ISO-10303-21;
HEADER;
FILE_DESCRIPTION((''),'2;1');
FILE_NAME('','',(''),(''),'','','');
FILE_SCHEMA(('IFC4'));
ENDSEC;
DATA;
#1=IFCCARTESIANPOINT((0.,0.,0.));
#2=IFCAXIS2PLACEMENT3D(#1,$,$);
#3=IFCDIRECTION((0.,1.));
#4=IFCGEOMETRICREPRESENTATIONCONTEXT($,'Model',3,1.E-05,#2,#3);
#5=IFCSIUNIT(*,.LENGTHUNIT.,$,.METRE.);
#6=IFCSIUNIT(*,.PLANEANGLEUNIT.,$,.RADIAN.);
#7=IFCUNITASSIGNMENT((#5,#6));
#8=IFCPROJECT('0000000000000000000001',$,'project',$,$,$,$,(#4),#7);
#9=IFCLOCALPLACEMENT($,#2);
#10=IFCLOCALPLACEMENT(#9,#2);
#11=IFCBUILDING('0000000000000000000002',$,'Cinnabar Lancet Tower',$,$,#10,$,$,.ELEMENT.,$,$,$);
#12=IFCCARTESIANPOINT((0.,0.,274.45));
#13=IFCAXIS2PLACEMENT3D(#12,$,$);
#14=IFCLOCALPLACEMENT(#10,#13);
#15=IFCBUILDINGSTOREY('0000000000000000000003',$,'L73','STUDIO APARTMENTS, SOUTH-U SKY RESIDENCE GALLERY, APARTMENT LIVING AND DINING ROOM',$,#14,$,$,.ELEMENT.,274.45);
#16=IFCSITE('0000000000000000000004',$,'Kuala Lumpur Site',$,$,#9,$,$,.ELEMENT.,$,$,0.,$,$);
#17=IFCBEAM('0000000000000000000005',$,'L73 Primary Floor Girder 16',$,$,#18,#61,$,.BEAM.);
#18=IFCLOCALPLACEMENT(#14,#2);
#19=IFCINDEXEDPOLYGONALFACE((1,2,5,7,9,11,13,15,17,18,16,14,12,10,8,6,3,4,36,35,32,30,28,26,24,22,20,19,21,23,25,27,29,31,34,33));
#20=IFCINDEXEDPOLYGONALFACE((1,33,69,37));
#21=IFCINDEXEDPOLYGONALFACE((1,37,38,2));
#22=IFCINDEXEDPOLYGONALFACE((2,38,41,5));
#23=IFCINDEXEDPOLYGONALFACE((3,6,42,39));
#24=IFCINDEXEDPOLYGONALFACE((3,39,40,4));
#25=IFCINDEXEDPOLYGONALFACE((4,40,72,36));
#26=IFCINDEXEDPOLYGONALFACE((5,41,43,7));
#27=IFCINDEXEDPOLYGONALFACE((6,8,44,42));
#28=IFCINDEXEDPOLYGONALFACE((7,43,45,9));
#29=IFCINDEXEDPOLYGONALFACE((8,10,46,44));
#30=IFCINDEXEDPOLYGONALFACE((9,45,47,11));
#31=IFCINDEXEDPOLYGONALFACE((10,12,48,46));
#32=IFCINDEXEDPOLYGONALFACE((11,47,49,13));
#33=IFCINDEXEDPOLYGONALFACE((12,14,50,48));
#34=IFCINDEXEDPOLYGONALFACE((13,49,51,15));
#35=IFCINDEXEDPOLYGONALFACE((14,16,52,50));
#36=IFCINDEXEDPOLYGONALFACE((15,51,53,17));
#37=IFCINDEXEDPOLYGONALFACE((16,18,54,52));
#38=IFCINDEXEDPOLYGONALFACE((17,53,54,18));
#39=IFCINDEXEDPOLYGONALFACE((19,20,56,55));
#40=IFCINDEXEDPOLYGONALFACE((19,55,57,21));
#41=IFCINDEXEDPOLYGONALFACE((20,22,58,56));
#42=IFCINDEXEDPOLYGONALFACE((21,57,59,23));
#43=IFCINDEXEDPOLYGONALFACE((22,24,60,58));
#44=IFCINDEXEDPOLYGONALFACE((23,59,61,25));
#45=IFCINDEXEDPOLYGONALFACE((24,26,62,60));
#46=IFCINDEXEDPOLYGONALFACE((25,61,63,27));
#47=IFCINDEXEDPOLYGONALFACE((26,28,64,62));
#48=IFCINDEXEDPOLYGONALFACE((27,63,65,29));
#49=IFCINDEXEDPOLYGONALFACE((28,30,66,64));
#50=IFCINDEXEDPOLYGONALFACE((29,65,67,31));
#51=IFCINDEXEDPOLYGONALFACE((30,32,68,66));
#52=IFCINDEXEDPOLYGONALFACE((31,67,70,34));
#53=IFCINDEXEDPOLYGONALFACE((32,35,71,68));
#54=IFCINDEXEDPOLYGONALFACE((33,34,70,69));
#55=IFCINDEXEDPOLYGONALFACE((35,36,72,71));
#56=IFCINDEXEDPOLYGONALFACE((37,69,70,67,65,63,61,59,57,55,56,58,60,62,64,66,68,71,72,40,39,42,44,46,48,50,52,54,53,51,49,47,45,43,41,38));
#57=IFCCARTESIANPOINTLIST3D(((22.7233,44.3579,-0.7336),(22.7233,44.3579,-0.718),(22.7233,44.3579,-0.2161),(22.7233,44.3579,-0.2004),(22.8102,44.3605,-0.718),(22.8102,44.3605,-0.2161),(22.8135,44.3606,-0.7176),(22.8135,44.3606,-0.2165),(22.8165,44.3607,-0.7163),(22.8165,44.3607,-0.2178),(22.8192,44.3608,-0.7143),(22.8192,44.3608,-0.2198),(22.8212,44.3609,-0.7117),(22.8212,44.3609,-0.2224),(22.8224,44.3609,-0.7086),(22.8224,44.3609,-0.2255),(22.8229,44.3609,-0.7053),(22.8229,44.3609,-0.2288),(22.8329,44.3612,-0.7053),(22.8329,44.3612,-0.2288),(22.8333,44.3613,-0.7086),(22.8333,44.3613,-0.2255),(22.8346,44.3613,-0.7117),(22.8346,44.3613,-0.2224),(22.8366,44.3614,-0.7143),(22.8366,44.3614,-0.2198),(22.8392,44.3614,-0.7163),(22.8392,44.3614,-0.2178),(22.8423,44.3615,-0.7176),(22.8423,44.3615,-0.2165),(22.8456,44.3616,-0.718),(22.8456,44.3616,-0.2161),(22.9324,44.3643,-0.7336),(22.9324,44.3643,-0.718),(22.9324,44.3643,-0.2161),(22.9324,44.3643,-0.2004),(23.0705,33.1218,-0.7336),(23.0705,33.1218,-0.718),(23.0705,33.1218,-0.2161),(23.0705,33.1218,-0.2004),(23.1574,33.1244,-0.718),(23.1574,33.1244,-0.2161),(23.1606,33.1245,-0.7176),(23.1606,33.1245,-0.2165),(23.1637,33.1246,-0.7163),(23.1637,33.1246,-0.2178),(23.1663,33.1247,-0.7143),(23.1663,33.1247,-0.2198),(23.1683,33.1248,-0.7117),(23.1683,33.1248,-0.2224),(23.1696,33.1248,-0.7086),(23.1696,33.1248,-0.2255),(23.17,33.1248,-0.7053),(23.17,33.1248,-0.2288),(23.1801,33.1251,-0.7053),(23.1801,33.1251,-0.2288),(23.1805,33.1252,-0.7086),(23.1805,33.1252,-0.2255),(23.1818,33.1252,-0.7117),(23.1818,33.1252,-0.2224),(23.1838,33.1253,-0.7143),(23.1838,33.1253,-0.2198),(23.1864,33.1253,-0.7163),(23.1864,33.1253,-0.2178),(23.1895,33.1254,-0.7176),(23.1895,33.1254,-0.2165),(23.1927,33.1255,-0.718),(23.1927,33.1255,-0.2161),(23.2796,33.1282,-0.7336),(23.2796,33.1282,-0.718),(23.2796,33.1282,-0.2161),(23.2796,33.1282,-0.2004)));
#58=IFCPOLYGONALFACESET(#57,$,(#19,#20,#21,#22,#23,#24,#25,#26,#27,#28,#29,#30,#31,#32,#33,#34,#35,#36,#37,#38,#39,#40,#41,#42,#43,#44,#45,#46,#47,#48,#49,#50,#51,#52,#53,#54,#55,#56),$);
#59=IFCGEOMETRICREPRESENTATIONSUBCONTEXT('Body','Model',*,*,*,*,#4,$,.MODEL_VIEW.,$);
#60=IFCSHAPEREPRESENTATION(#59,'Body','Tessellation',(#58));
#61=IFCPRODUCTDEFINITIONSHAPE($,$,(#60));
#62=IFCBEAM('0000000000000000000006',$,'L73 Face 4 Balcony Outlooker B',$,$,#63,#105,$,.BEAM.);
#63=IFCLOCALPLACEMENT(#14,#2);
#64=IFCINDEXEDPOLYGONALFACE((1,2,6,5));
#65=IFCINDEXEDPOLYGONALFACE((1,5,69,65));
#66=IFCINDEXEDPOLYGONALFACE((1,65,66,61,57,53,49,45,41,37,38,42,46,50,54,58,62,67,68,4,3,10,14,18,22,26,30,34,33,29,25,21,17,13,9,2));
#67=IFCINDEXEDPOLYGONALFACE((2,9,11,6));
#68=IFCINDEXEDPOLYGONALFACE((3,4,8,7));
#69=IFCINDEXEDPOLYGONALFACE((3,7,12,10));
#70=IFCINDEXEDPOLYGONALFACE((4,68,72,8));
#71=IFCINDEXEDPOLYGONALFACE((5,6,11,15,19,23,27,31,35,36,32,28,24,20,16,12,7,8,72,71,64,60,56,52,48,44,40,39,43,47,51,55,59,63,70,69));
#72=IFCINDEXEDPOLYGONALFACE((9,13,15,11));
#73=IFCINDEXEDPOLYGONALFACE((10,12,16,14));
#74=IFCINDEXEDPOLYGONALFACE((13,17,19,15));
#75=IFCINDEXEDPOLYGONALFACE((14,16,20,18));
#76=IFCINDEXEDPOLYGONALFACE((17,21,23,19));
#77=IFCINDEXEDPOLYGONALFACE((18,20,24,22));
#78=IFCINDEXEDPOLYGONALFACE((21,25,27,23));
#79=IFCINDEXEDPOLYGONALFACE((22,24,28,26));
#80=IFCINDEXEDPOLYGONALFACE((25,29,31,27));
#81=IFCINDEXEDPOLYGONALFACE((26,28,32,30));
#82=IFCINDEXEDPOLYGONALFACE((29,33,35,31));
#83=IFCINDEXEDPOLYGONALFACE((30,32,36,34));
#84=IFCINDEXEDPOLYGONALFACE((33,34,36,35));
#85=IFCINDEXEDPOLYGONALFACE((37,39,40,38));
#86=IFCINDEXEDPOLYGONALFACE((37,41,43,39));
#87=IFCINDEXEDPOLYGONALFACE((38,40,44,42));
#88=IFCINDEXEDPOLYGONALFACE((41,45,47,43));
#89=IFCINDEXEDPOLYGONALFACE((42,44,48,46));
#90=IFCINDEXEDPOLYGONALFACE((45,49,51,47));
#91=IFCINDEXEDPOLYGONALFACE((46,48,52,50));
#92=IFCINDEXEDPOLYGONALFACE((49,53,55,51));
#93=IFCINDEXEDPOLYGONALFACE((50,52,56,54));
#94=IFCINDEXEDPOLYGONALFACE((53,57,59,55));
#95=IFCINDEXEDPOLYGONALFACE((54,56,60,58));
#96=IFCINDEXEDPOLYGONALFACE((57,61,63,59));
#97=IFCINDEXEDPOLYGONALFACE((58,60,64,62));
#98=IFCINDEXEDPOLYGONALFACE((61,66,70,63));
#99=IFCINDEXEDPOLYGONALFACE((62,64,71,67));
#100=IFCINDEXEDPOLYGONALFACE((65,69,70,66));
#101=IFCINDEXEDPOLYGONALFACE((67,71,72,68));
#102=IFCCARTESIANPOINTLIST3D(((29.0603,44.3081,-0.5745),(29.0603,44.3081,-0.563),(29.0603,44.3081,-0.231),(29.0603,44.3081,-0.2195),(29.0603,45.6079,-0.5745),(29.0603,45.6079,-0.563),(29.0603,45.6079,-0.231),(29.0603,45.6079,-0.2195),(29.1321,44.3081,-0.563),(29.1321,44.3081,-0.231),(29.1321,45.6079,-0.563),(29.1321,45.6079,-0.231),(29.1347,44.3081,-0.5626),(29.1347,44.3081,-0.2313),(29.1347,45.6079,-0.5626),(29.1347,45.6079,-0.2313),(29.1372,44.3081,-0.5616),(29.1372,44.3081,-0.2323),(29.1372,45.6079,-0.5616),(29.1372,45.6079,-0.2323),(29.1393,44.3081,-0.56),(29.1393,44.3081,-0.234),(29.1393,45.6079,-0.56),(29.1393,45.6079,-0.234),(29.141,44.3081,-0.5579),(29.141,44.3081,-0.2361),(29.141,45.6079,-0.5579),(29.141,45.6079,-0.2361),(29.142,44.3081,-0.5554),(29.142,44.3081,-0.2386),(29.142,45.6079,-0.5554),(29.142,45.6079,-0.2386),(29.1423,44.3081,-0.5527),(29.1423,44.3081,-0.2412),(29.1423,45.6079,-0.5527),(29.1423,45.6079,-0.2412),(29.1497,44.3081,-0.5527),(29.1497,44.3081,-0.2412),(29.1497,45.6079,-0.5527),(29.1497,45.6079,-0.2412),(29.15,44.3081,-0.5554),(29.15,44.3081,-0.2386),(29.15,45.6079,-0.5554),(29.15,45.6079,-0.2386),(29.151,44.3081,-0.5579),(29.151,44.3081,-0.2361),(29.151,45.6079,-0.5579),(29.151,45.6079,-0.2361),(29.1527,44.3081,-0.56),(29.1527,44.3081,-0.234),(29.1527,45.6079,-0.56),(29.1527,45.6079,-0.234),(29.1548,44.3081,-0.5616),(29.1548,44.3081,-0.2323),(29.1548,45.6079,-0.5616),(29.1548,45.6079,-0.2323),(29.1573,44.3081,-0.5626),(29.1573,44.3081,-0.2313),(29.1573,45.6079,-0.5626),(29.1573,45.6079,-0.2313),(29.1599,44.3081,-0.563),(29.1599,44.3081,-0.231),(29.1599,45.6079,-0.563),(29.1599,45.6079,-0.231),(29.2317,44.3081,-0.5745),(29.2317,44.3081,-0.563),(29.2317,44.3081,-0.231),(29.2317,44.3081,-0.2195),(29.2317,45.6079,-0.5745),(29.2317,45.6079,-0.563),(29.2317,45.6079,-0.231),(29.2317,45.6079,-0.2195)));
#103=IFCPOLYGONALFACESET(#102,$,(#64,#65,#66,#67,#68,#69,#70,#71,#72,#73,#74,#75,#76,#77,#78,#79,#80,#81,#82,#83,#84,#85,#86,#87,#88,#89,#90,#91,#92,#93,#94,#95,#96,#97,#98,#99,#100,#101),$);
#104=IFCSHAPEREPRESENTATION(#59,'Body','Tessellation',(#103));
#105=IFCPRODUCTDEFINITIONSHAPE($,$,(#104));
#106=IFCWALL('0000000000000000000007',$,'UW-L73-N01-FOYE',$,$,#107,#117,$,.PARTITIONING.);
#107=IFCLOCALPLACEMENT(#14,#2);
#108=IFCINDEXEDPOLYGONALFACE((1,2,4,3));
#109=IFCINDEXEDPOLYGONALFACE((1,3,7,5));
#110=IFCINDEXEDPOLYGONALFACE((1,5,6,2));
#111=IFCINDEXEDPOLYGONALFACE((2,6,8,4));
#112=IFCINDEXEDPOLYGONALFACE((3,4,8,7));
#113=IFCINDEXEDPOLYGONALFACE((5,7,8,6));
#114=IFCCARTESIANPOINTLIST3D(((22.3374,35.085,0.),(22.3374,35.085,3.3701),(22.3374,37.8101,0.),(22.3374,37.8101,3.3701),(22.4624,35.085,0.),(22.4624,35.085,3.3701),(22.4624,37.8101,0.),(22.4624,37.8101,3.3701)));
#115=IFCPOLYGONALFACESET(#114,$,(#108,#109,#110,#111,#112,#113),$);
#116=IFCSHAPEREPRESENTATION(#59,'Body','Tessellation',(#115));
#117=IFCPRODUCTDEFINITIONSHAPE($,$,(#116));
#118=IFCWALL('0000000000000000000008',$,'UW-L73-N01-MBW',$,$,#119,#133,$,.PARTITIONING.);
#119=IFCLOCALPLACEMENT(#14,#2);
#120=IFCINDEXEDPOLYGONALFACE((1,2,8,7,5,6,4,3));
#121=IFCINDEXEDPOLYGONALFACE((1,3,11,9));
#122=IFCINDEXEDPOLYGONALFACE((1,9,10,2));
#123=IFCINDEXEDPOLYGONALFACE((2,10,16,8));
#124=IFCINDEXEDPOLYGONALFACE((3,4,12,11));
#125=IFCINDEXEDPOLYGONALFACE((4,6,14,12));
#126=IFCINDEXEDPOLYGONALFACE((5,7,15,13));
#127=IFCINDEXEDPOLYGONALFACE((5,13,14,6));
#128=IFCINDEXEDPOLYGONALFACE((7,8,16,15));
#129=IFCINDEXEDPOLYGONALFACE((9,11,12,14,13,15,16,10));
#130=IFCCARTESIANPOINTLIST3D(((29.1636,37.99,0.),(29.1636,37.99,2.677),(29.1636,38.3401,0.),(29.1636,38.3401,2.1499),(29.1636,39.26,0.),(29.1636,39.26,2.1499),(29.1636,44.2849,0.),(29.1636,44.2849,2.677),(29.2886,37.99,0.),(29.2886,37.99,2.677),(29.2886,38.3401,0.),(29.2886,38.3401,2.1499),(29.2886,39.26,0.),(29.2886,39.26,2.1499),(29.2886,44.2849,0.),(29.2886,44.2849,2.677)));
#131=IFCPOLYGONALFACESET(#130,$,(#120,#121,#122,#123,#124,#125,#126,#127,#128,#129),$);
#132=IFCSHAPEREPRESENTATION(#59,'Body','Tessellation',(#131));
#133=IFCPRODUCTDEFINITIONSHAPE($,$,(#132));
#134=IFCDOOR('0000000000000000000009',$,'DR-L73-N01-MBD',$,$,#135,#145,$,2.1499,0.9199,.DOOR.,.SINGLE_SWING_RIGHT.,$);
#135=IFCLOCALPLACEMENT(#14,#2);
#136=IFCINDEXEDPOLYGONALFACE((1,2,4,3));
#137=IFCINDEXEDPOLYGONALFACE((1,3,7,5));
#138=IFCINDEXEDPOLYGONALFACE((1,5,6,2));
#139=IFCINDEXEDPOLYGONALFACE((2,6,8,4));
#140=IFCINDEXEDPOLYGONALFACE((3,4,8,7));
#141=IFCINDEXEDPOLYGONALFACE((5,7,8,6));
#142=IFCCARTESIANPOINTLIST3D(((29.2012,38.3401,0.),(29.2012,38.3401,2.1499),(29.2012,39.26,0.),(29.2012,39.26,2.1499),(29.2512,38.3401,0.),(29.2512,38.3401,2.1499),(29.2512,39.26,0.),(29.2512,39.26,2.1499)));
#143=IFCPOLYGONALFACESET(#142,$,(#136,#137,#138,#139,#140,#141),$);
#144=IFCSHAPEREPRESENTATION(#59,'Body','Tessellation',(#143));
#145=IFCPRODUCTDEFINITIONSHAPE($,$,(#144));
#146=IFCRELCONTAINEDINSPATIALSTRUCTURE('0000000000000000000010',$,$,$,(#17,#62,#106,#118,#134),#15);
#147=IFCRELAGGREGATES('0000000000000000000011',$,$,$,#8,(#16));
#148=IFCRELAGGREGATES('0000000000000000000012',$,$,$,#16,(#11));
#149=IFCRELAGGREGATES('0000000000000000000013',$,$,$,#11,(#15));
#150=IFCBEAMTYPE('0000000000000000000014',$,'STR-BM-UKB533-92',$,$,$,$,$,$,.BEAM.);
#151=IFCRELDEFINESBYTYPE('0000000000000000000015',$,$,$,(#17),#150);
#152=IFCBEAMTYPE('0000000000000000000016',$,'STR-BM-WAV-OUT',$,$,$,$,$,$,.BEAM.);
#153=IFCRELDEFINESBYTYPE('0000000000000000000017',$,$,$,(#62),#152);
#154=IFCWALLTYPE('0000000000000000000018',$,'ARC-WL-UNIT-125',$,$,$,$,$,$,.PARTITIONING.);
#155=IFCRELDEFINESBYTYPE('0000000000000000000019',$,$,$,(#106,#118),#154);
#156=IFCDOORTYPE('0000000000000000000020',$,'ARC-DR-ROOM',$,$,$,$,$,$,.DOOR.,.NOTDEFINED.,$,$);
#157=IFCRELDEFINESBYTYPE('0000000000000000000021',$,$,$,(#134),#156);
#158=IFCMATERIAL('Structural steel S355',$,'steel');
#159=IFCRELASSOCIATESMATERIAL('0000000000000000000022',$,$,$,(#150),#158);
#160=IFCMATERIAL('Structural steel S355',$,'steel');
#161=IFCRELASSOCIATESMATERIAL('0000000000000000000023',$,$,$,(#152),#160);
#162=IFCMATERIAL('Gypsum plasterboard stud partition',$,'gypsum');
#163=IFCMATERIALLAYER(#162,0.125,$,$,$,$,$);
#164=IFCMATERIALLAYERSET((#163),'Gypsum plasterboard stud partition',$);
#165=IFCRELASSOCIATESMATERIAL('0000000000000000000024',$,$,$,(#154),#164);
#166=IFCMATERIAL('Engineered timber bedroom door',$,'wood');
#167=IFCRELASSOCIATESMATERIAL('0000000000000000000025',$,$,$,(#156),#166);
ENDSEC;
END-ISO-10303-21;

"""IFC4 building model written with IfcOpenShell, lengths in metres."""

from ifc_helpers import new_model, si_unit, direction, frame, frame_2d, origin, origin_2d, place, context, subcontext, project, spatial, rectangle, i_section, extrude, material, layer, layer_set, material_profile, profile_set, type_object, element, fill, save


model = new_model("IFC4")

# Units and contexts
model_context = context("Model", 3, precision=1e-05, world=origin(), true_north=direction((0.0, 1.0)))
body_context = subcontext(model_context, "Body", "Model", "MODEL_VIEW")
ifc_project = project(units=[si_unit("LENGTHUNIT", "METRE"), si_unit("PLANEANGLEUNIT", "RADIAN")], contexts=[model_context])

# Site, building, storey
site_placement = place(None, origin())
site = spatial("IfcSite", under=ifc_project, at=site_placement, Name="Kuala Lumpur Site", CompositionType="ELEMENT", RefElevation=0.0)
building_placement = place(site_placement, origin())
building = spatial("IfcBuilding", under=site, at=building_placement, Name="Cinnabar Lancet Tower", CompositionType="ELEMENT")
storey_placement = place(building_placement, frame((0.0, 0.0, 274.45)))
storey = spatial("IfcBuildingStorey", under=building, at=storey_placement, Name="L73", Description="STUDIO APARTMENTS, SOUTH-U SKY RESIDENCE GALLERY, APARTMENT LIVING AND DINING ROOM", CompositionType="ELEMENT", Elevation=274.45)

# Beams
ifc_material_1 = material(Name="Structural steel S355", Category="steel")
ifc_material_profile_1 = material_profile(ifc_material_1, i_section(OverallWidth=0.2092, OverallDepth=0.5332, WebThickness=0.01, FlangeThickness=0.0156, FilletRadius=0.0127, at=origin_2d()), Name="UKB 533x210x92")
ifc_profile_set_1 = profile_set([ifc_material_profile_1], Name="Structural steel S355")
beam_type_1 = type_object("IfcBeamType", Name="STR-BM-UKB533-92", PredefinedType="BEAM", material=ifc_profile_set_1)
beam_1_placement = place(storey_placement, frame((22.8279, 44.3611, -0.467), z_axis=(0.030883, -0.999523, 0.0), x_axis=(0.999523, 0.030883, 0.0)))
element("IfcBeam", 1, at=beam_1_placement, inside=storey, type_object=beam_type_1, Name="L73 Primary Floor Girder 16", PredefinedType="BEAM", context=body_context, shape_type="SweptSolid", body=[
    extrude(i_section(OverallWidth=0.2092, OverallDepth=0.5332, WebThickness=0.01, FlangeThickness=0.0156, FilletRadius=0.0127, at=origin_2d()), origin(), (0.0, 0.0, 1.0), 11.2415),
])
ifc_material_2 = material(Name="Structural steel S355", Category="steel")
ifc_material_profile_2 = material_profile(ifc_material_2, i_section(OverallWidth=0.1714, OverallDepth=0.355, WebThickness=0.0073, FlangeThickness=0.0115, FilletRadius=0.0103, at=origin_2d()), Name="UKB 356x171x51")
ifc_profile_set_2 = profile_set([ifc_material_profile_2], Name="Structural steel S355")
beam_type_2 = type_object("IfcBeamType", Name="STR-BM-WAV-OUT", PredefinedType="BEAM", material=ifc_profile_set_2)
beam_2_placement = place(storey_placement, frame((29.146, 44.3081, -0.397), z_axis=(0.0, 1.0, 0.0), x_axis=(-1.0, 0.0, 0.0)))
element("IfcBeam", 2, at=beam_2_placement, inside=storey, type_object=beam_type_2, Name="L73 Face 4 Balcony Outlooker B", PredefinedType="BEAM", context=body_context, shape_type="SweptSolid", body=[
    extrude(i_section(OverallWidth=0.1714, OverallDepth=0.355, WebThickness=0.0073, FlangeThickness=0.0115, FilletRadius=0.0103, at=origin_2d()), origin(), (0.0, 0.0, 1.0), 1.2998),
])

# Wall
ifc_material_3 = material(Name="Gypsum plasterboard stud partition", Category="gypsum")
ifc_layer_1 = layer(ifc_material_3, 0.125)
ifc_layer_set_1 = layer_set([ifc_layer_1], Name="Gypsum plasterboard stud partition")
wall_type_1 = type_object("IfcWallType", Name="ARC-WL-UNIT-125", PredefinedType="PARTITIONING", material=ifc_layer_set_1)
wall_1_placement = place(storey_placement, frame((22.3999, 35.085, 0.0), z_axis=(0.0, 0.0, 1.0), x_axis=(0.0, 1.0, 0.0)))
element("IfcWall", 3, at=wall_1_placement, inside=storey, type_object=wall_type_1, Name="UW-L73-N01-FOYE", PredefinedType="PARTITIONING", context=body_context, shape_type="SweptSolid", body=[
    extrude(rectangle(XDim=2.7251, YDim=0.125, at=frame_2d((1.3625, 0.0))), origin(), (0.0, 0.0, 1.0), 3.3701),
])

# Wall, opening, door
wall_2_placement = place(storey_placement, frame((29.2261, 37.99, 0.0), z_axis=(0.0, 0.0, 1.0), x_axis=(0.0, 1.0, 0.0)))
wall_2 = element("IfcWall", 4, at=wall_2_placement, inside=storey, type_object=wall_type_1, Name="UW-L73-N01-MBW", PredefinedType="PARTITIONING", context=body_context, shape_type="SweptSolid", body=[
    extrude(rectangle(XDim=6.2949, YDim=0.125, at=frame_2d((3.1475, 0.0))), origin(), (0.0, 0.0, 1.0), 2.677),
])
opening_1_placement = place(wall_2_placement, frame((0.3501, 0.0, 0.0)))
opening_1 = element("IfcOpeningElement", 5, at=opening_1_placement, cuts=wall_2, PredefinedType="OPENING", context=body_context, shape_type="SweptSolid", body=[
    extrude(rectangle(XDim=0.9199, YDim=2.1499, at=frame_2d((0.46, 1.075))), frame((0.0, 0.0725, 0.0), z_axis=(0.0, -1.0, 0.0), x_axis=(1.0, 0.0, 0.0)), (0.0, 0.0, 1.0), 0.145),
])
ifc_material_4 = material(Name="Engineered timber bedroom door", Category="wood")
door_type_1 = type_object("IfcDoorType", Name="ARC-DR-ROOM", OperationType="NOTDEFINED", PredefinedType="DOOR", material=ifc_material_4)
door_1_placement = place(opening_1_placement, origin())
door_1 = element("IfcDoor", 6, at=door_1_placement, inside=storey, type_object=door_type_1, Name="DR-L73-N01-MBD", OperationType="SINGLE_SWING_RIGHT", OverallHeight=2.1499, OverallWidth=0.9199, PredefinedType="DOOR", context=body_context, shape_type="SweptSolid", body=[
    extrude(rectangle(XDim=0.9199, YDim=2.1499, at=frame_2d((0.46, 1.075))), frame((0.0, 0.0249, 0.0), z_axis=(0.0, -1.0, 0.0), x_axis=(1.0, 0.0, 0.0)), (0.0, 0.0, 1.0), 0.05),
])
fill(opening_1, door_1)

save(model, "model.ifc")
